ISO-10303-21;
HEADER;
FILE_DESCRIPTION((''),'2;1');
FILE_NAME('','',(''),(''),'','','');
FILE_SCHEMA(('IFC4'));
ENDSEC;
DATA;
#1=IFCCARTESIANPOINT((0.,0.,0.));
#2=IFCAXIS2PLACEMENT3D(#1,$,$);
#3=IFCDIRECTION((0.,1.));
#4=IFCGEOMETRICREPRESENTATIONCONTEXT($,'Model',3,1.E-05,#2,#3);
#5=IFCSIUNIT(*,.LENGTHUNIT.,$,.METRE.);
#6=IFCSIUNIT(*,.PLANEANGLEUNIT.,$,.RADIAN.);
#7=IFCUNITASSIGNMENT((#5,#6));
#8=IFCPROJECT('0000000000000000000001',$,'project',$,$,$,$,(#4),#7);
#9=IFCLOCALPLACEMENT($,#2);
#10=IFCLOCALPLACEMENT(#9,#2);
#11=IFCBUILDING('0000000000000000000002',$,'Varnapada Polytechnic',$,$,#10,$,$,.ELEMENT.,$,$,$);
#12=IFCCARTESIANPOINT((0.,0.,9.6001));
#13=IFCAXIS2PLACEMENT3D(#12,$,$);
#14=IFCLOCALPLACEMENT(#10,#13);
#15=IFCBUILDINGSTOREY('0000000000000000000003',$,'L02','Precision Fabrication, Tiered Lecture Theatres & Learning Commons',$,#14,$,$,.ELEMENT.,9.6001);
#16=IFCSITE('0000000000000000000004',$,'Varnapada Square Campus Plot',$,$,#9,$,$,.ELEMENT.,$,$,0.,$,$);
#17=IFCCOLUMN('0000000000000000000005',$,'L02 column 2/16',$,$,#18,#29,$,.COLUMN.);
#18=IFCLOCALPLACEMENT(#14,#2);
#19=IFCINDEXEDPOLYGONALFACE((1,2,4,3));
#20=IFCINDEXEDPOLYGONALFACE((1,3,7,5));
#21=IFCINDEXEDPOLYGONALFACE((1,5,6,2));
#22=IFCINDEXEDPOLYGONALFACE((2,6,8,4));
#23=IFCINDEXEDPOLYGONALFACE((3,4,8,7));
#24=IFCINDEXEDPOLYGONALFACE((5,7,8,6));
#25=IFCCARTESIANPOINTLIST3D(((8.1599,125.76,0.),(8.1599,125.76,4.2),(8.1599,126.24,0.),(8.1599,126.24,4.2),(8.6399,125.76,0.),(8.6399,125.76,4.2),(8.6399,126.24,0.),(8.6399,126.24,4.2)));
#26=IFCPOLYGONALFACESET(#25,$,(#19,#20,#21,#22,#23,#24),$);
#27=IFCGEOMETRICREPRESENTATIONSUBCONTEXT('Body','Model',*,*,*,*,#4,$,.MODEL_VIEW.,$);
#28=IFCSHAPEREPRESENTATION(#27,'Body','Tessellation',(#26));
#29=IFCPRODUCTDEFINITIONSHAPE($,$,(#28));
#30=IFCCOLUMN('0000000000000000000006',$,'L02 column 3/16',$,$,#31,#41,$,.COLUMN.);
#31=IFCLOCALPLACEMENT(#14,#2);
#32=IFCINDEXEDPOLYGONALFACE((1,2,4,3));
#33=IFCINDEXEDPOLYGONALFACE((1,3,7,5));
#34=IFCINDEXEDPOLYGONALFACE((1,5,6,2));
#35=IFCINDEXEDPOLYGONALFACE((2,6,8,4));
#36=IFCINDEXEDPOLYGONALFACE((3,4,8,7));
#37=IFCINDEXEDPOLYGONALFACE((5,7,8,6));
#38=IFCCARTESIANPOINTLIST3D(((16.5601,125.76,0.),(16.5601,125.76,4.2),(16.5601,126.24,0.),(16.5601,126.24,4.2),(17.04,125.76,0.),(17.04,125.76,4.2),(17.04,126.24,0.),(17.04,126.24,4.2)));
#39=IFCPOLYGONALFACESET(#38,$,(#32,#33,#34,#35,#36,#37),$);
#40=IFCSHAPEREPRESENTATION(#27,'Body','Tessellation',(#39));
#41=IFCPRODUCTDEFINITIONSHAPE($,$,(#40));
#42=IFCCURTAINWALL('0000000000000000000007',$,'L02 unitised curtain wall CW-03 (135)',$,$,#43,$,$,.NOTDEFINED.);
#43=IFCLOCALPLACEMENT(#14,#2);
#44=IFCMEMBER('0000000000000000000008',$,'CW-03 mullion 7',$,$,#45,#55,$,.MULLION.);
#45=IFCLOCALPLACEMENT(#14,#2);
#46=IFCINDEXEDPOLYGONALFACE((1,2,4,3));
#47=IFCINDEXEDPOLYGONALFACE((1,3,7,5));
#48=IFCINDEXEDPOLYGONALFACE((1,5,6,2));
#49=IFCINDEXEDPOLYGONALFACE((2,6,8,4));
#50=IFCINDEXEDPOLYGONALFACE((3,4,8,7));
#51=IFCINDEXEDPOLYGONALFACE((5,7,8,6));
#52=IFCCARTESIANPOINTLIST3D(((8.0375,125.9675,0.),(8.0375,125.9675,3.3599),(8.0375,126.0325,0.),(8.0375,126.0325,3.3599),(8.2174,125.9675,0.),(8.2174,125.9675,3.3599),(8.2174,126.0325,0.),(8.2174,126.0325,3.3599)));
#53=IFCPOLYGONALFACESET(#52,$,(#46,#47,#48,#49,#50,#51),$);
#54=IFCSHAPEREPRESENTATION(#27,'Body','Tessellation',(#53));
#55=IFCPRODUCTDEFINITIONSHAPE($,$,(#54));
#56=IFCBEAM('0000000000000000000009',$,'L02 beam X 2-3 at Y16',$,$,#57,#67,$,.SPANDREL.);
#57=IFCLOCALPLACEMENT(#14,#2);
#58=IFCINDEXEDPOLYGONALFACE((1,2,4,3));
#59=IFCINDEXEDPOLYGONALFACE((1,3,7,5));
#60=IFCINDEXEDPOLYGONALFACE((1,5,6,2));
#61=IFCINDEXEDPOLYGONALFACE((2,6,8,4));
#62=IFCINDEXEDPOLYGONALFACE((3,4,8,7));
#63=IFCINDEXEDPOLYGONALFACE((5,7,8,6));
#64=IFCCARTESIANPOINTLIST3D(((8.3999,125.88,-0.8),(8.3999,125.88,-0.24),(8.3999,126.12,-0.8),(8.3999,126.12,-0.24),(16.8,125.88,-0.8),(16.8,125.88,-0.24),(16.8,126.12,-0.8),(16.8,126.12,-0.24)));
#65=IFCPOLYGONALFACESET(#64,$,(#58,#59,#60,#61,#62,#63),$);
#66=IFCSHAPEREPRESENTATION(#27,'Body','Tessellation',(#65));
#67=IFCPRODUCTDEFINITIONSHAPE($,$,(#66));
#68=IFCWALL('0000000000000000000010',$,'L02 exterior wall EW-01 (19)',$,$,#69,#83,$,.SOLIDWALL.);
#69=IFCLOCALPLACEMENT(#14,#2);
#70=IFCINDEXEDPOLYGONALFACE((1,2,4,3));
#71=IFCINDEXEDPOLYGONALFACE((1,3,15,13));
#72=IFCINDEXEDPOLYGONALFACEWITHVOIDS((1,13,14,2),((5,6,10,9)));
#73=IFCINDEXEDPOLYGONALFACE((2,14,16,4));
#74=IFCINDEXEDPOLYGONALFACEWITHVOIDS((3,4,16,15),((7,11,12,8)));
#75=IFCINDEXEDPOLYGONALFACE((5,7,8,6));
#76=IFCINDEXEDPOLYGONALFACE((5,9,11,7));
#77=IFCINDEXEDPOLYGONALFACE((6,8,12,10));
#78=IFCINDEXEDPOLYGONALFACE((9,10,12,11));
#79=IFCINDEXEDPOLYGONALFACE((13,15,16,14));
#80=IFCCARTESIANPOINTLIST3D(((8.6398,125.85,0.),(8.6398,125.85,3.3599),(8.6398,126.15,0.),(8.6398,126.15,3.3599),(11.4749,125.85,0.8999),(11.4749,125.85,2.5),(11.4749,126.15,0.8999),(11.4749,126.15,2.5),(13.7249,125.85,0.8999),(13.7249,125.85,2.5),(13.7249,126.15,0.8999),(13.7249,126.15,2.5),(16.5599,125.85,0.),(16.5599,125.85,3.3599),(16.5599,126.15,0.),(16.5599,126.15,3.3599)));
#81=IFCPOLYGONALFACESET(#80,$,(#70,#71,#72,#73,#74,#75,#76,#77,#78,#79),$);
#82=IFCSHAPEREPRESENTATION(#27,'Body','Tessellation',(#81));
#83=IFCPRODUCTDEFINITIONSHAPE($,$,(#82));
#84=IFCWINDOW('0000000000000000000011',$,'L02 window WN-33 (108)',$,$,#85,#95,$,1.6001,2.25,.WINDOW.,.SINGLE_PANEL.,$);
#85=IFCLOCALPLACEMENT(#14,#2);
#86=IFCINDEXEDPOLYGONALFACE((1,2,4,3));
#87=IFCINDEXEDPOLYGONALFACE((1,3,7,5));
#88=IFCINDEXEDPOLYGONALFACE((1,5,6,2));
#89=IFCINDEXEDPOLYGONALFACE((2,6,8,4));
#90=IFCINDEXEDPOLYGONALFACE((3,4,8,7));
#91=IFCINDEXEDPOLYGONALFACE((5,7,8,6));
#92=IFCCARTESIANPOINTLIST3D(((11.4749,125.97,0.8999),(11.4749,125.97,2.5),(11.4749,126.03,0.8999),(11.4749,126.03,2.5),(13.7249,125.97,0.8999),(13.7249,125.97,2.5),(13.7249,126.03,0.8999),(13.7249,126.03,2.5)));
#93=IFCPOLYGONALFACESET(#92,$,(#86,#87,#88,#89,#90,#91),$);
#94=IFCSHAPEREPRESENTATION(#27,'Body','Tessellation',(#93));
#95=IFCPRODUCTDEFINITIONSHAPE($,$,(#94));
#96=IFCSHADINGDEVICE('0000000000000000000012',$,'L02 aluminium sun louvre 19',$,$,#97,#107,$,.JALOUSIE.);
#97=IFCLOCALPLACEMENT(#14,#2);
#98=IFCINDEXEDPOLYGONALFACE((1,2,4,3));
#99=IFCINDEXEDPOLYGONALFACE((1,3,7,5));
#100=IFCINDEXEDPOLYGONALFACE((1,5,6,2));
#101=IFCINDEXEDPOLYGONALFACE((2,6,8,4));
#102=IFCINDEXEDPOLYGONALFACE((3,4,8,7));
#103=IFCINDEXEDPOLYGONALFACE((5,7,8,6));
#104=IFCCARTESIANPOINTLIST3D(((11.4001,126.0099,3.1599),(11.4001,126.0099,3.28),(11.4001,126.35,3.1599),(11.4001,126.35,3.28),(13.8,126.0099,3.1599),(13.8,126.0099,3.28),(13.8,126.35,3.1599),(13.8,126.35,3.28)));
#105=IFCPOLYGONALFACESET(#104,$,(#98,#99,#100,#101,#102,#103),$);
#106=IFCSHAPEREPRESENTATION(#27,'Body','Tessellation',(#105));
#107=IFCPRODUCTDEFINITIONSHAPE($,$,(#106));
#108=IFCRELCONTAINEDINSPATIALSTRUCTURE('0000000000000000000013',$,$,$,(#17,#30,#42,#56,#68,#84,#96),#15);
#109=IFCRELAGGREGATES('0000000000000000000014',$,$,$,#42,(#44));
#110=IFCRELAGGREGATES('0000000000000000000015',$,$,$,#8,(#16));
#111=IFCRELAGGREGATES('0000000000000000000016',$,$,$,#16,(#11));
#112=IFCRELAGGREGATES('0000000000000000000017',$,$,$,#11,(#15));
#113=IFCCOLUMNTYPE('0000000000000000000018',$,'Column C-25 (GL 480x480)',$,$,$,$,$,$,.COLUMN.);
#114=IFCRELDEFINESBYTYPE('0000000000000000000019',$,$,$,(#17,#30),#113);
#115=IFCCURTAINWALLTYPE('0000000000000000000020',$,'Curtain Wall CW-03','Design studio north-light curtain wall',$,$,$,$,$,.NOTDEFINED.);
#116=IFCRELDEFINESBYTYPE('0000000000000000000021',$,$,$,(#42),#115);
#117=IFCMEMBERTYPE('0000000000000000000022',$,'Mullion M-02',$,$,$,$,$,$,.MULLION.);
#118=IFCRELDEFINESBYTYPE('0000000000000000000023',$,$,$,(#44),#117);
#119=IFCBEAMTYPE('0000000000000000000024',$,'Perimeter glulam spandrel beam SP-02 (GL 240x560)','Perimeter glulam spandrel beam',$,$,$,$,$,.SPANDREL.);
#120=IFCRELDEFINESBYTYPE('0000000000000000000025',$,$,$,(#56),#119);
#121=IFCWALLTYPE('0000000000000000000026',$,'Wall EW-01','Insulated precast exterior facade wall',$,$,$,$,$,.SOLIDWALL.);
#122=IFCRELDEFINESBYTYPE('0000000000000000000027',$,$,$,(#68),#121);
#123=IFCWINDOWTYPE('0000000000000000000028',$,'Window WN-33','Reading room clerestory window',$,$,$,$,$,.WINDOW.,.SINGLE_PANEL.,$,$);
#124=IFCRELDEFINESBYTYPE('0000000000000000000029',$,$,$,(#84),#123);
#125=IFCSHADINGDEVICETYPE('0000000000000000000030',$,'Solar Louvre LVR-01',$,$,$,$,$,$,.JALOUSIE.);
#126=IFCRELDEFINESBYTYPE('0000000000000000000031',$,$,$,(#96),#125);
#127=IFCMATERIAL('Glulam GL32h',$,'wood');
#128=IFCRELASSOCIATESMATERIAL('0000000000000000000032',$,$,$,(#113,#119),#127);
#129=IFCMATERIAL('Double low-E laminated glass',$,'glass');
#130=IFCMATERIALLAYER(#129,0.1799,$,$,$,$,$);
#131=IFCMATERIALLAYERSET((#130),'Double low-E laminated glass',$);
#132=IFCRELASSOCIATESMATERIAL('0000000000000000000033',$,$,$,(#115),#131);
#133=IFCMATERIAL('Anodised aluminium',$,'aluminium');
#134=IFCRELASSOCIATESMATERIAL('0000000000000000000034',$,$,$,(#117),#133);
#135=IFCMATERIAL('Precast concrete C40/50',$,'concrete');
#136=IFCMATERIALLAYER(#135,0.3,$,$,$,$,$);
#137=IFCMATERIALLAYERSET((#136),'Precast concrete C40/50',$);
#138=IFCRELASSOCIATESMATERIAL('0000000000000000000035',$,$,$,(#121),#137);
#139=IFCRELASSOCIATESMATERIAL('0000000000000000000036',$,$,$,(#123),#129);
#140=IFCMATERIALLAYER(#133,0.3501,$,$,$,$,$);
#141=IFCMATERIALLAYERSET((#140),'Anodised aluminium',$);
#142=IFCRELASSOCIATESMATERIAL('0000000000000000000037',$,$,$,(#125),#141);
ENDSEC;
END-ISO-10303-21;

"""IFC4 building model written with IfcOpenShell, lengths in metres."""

from ifc_helpers import new_model, si_unit, direction, frame, frame_2d, origin, origin_2d, place, context, subcontext, project, spatial, rectangle, extrude, material, layer, layer_set, material_profile, profile_set, type_object, element, fill, aggregate, save


model = new_model("IFC4")

# Units and contexts
model_context = context("Model", 3, precision=1e-05, world=origin(), true_north=direction((0.0, 1.0)))
body_context = subcontext(model_context, "Body", "Model", "MODEL_VIEW")
ifc_project = project(units=[si_unit("LENGTHUNIT", "METRE"), si_unit("PLANEANGLEUNIT", "RADIAN")], contexts=[model_context])

# Site, building, storey
site_placement = place(None, origin())
site = spatial("IfcSite", under=ifc_project, at=site_placement, Name="Varnapada Square Campus Plot", CompositionType="ELEMENT", RefElevation=0.0)
building_placement = place(site_placement, origin())
building = spatial("IfcBuilding", under=site, at=building_placement, Name="Varnapada Polytechnic", CompositionType="ELEMENT")
storey_placement = place(building_placement, frame((0.0, 0.0, 9.6001)))
storey = spatial("IfcBuildingStorey", under=building, at=storey_placement, Name="L02", Description="Precision Fabrication, Tiered Lecture Theatres & Learning Commons", CompositionType="ELEMENT", Elevation=9.6001)

# Columns
ifc_material_1 = material(Name="Glulam GL32h", Category="wood")
ifc_material_profile_1 = material_profile(ifc_material_1, rectangle(XDim=0.48, YDim=0.48, at=origin_2d()), Name="GL 480x480")
ifc_profile_set_1 = profile_set([ifc_material_profile_1], Name="Glulam GL32h")
column_type = type_object("IfcColumnType", Name="Column C-25 (GL 480x480)", PredefinedType="COLUMN", material=ifc_profile_set_1)
for number, where, z_axis, x_axis, name in (
    (1, (8.3999, 126.0, 0.0), (0.0, 0.0, 1.0), (1.0, 0.0, 0.0), "L02 column 2/16"),
    (2, (16.8, 126.0, 0.0), (0.0, 0.0, 1.0), (1.0, 0.0, 0.0), "L02 column 3/16"),
):
    element("IfcColumn", number, at=place(storey_placement, frame(where, z_axis=z_axis, x_axis=x_axis)), inside=storey, type_object=column_type, Name=name, PredefinedType="COLUMN", context=body_context, shape_type="SweptSolid", body=[
        extrude(rectangle(XDim=0.48, YDim=0.48, at=origin_2d()), origin(), (0.0, 0.0, 1.0), 4.2),
    ])

# Curtain wall, member
ifc_material_2 = material(Name="Double low-E laminated glass", Category="glass")
ifc_layer_1 = layer(ifc_material_2, 0.1799)
ifc_layer_set_1 = layer_set([ifc_layer_1], Name="Double low-E laminated glass")
curtain_wall_type = type_object("IfcCurtainWallType", Name="Curtain Wall CW-03", Description="Design studio north-light curtain wall", PredefinedType="NOTDEFINED", material=ifc_layer_set_1)
curtain_wall_placement = place(storey_placement, origin())
curtain_wall = element("IfcCurtainWall", 3, at=curtain_wall_placement, inside=storey, type_object=curtain_wall_type, Name="L02 unitised curtain wall CW-03 (135)", PredefinedType="NOTDEFINED")
ifc_material_3 = material(Name="Anodised aluminium", Category="aluminium")
ifc_material_profile_2 = material_profile(ifc_material_3, rectangle(XDim=0.0649, YDim=0.1799, at=origin_2d()), Name="ALU M65x180")
ifc_profile_set_2 = profile_set([ifc_material_profile_2], Name="Anodised aluminium")
member_type = type_object("IfcMemberType", Name="Mullion M-02", PredefinedType="MULLION", material=ifc_profile_set_2)
member_placement = place(storey_placement, frame((8.1274, 126.0, 0.0), z_axis=(0.0, 0.0, 1.0), x_axis=(0.0, 1.0, 0.0)))
member = element("IfcMember", 4, at=member_placement, type_object=member_type, Name="CW-03 mullion 7", PredefinedType="MULLION", context=body_context, shape_type="SweptSolid", body=[
    extrude(rectangle(XDim=0.0649, YDim=0.1799, at=origin_2d()), origin(), (0.0, 0.0, 1.0), 3.3599),
])
aggregate(curtain_wall, [member])

# Beam
ifc_material_profile_3 = material_profile(ifc_material_1, rectangle(XDim=0.24, YDim=0.5601, at=origin_2d()), Name="GL 240x560")
ifc_profile_set_3 = profile_set([ifc_material_profile_3], Name="Glulam GL32h")
beam_type = type_object("IfcBeamType", Name="Perimeter glulam spandrel beam SP-02 (GL 240x560)", Description="Perimeter glulam spandrel beam", PredefinedType="SPANDREL", material=ifc_profile_set_3)
beam_placement = place(storey_placement, frame((8.3999, 126.0, -0.52), z_axis=(1.0, 0.0, 0.0), x_axis=(0.0, 1.0, 0.0)))
element("IfcBeam", 5, at=beam_placement, inside=storey, type_object=beam_type, Name="L02 beam X 2-3 at Y16", PredefinedType="SPANDREL", context=body_context, shape_type="SweptSolid", body=[
    extrude(rectangle(XDim=0.24, YDim=0.5601, at=origin_2d()), origin(), (0.0, 0.0, 1.0), 8.4001),
])

# Wall, opening, window
ifc_material_4 = material(Name="Precast concrete C40/50", Category="concrete")
ifc_layer_2 = layer(ifc_material_4, 0.3)
ifc_layer_set_2 = layer_set([ifc_layer_2], Name="Precast concrete C40/50")
wall_type = type_object("IfcWallType", Name="Wall EW-01", Description="Insulated precast exterior facade wall", PredefinedType="SOLIDWALL", material=ifc_layer_set_2)
wall_placement = place(storey_placement, frame((8.6399, 126.0, 0.0), z_axis=(0.0, 0.0, 1.0), x_axis=(1.0, 0.0, 0.0)))
wall = element("IfcWall", 6, at=wall_placement, inside=storey, type_object=wall_type, Name="L02 exterior wall EW-01 (19)", PredefinedType="SOLIDWALL", context=body_context, shape_type="SweptSolid", body=[
    extrude(rectangle(XDim=7.9202, YDim=0.3, at=frame_2d((3.96, 0.0))), origin(), (0.0, 0.0, 1.0), 3.3599),
])
opening_1_placement = place(wall_placement, frame((2.835, 0.0, 0.8999)))
opening_1 = element("IfcOpeningElement", 7, at=opening_1_placement, cuts=wall, PredefinedType="OPENING", context=body_context, shape_type="SweptSolid", body=[
    extrude(rectangle(XDim=2.25, YDim=1.6001, at=frame_2d((1.125, 0.8))), frame((0.0, 0.1599, 0.0), z_axis=(0.0, -1.0, 0.0), x_axis=(1.0, 0.0, 0.0)), (0.0, 0.0, 1.0), 0.3201),
])
window_type = type_object("IfcWindowType", Name="Window WN-33", Description="Reading room clerestory window", PartitioningType="SINGLE_PANEL", PredefinedType="WINDOW", material=ifc_material_2)
window_placement = place(opening_1_placement, origin())
window = element("IfcWindow", 8, at=window_placement, inside=storey, type_object=window_type, Name="L02 window WN-33 (108)", OverallHeight=1.6001, OverallWidth=2.25, PartitioningType="SINGLE_PANEL", PredefinedType="WINDOW", context=body_context, shape_type="SweptSolid", body=[
    extrude(rectangle(XDim=2.25, YDim=1.6001, at=frame_2d((1.125, 0.8))), frame((0.0, 0.03, 0.0), z_axis=(0.0, -1.0, 0.0), x_axis=(1.0, 0.0, 0.0)), (0.0, 0.0, 1.0), 0.0601),
])
fill(opening_1, window)

# Shading device
ifc_layer_3 = layer(ifc_material_3, 0.3501)
ifc_layer_set_3 = layer_set([ifc_layer_3], Name="Anodised aluminium")
shading_device_type_1 = type_object("IfcShadingDeviceType", Name="Solar Louvre LVR-01", PredefinedType="JALOUSIE", material=ifc_layer_set_3)
shading_device_1_placement = place(storey_placement, frame((12.6001, 126.1799, 3.1599), z_axis=(0.0, 0.0, 1.0), x_axis=(1.0, 0.0, 0.0)))
element("IfcShadingDevice", 9, at=shading_device_1_placement, inside=storey, type_object=shading_device_type_1, Name="L02 aluminium sun louvre 19", PredefinedType="JALOUSIE", context=body_context, shape_type="SweptSolid", body=[
    extrude(rectangle(XDim=2.3999, YDim=0.3401, at=origin_2d()), origin(), (0.0, 0.0, 1.0), 0.1201),
])

save(model, "model.ifc")
